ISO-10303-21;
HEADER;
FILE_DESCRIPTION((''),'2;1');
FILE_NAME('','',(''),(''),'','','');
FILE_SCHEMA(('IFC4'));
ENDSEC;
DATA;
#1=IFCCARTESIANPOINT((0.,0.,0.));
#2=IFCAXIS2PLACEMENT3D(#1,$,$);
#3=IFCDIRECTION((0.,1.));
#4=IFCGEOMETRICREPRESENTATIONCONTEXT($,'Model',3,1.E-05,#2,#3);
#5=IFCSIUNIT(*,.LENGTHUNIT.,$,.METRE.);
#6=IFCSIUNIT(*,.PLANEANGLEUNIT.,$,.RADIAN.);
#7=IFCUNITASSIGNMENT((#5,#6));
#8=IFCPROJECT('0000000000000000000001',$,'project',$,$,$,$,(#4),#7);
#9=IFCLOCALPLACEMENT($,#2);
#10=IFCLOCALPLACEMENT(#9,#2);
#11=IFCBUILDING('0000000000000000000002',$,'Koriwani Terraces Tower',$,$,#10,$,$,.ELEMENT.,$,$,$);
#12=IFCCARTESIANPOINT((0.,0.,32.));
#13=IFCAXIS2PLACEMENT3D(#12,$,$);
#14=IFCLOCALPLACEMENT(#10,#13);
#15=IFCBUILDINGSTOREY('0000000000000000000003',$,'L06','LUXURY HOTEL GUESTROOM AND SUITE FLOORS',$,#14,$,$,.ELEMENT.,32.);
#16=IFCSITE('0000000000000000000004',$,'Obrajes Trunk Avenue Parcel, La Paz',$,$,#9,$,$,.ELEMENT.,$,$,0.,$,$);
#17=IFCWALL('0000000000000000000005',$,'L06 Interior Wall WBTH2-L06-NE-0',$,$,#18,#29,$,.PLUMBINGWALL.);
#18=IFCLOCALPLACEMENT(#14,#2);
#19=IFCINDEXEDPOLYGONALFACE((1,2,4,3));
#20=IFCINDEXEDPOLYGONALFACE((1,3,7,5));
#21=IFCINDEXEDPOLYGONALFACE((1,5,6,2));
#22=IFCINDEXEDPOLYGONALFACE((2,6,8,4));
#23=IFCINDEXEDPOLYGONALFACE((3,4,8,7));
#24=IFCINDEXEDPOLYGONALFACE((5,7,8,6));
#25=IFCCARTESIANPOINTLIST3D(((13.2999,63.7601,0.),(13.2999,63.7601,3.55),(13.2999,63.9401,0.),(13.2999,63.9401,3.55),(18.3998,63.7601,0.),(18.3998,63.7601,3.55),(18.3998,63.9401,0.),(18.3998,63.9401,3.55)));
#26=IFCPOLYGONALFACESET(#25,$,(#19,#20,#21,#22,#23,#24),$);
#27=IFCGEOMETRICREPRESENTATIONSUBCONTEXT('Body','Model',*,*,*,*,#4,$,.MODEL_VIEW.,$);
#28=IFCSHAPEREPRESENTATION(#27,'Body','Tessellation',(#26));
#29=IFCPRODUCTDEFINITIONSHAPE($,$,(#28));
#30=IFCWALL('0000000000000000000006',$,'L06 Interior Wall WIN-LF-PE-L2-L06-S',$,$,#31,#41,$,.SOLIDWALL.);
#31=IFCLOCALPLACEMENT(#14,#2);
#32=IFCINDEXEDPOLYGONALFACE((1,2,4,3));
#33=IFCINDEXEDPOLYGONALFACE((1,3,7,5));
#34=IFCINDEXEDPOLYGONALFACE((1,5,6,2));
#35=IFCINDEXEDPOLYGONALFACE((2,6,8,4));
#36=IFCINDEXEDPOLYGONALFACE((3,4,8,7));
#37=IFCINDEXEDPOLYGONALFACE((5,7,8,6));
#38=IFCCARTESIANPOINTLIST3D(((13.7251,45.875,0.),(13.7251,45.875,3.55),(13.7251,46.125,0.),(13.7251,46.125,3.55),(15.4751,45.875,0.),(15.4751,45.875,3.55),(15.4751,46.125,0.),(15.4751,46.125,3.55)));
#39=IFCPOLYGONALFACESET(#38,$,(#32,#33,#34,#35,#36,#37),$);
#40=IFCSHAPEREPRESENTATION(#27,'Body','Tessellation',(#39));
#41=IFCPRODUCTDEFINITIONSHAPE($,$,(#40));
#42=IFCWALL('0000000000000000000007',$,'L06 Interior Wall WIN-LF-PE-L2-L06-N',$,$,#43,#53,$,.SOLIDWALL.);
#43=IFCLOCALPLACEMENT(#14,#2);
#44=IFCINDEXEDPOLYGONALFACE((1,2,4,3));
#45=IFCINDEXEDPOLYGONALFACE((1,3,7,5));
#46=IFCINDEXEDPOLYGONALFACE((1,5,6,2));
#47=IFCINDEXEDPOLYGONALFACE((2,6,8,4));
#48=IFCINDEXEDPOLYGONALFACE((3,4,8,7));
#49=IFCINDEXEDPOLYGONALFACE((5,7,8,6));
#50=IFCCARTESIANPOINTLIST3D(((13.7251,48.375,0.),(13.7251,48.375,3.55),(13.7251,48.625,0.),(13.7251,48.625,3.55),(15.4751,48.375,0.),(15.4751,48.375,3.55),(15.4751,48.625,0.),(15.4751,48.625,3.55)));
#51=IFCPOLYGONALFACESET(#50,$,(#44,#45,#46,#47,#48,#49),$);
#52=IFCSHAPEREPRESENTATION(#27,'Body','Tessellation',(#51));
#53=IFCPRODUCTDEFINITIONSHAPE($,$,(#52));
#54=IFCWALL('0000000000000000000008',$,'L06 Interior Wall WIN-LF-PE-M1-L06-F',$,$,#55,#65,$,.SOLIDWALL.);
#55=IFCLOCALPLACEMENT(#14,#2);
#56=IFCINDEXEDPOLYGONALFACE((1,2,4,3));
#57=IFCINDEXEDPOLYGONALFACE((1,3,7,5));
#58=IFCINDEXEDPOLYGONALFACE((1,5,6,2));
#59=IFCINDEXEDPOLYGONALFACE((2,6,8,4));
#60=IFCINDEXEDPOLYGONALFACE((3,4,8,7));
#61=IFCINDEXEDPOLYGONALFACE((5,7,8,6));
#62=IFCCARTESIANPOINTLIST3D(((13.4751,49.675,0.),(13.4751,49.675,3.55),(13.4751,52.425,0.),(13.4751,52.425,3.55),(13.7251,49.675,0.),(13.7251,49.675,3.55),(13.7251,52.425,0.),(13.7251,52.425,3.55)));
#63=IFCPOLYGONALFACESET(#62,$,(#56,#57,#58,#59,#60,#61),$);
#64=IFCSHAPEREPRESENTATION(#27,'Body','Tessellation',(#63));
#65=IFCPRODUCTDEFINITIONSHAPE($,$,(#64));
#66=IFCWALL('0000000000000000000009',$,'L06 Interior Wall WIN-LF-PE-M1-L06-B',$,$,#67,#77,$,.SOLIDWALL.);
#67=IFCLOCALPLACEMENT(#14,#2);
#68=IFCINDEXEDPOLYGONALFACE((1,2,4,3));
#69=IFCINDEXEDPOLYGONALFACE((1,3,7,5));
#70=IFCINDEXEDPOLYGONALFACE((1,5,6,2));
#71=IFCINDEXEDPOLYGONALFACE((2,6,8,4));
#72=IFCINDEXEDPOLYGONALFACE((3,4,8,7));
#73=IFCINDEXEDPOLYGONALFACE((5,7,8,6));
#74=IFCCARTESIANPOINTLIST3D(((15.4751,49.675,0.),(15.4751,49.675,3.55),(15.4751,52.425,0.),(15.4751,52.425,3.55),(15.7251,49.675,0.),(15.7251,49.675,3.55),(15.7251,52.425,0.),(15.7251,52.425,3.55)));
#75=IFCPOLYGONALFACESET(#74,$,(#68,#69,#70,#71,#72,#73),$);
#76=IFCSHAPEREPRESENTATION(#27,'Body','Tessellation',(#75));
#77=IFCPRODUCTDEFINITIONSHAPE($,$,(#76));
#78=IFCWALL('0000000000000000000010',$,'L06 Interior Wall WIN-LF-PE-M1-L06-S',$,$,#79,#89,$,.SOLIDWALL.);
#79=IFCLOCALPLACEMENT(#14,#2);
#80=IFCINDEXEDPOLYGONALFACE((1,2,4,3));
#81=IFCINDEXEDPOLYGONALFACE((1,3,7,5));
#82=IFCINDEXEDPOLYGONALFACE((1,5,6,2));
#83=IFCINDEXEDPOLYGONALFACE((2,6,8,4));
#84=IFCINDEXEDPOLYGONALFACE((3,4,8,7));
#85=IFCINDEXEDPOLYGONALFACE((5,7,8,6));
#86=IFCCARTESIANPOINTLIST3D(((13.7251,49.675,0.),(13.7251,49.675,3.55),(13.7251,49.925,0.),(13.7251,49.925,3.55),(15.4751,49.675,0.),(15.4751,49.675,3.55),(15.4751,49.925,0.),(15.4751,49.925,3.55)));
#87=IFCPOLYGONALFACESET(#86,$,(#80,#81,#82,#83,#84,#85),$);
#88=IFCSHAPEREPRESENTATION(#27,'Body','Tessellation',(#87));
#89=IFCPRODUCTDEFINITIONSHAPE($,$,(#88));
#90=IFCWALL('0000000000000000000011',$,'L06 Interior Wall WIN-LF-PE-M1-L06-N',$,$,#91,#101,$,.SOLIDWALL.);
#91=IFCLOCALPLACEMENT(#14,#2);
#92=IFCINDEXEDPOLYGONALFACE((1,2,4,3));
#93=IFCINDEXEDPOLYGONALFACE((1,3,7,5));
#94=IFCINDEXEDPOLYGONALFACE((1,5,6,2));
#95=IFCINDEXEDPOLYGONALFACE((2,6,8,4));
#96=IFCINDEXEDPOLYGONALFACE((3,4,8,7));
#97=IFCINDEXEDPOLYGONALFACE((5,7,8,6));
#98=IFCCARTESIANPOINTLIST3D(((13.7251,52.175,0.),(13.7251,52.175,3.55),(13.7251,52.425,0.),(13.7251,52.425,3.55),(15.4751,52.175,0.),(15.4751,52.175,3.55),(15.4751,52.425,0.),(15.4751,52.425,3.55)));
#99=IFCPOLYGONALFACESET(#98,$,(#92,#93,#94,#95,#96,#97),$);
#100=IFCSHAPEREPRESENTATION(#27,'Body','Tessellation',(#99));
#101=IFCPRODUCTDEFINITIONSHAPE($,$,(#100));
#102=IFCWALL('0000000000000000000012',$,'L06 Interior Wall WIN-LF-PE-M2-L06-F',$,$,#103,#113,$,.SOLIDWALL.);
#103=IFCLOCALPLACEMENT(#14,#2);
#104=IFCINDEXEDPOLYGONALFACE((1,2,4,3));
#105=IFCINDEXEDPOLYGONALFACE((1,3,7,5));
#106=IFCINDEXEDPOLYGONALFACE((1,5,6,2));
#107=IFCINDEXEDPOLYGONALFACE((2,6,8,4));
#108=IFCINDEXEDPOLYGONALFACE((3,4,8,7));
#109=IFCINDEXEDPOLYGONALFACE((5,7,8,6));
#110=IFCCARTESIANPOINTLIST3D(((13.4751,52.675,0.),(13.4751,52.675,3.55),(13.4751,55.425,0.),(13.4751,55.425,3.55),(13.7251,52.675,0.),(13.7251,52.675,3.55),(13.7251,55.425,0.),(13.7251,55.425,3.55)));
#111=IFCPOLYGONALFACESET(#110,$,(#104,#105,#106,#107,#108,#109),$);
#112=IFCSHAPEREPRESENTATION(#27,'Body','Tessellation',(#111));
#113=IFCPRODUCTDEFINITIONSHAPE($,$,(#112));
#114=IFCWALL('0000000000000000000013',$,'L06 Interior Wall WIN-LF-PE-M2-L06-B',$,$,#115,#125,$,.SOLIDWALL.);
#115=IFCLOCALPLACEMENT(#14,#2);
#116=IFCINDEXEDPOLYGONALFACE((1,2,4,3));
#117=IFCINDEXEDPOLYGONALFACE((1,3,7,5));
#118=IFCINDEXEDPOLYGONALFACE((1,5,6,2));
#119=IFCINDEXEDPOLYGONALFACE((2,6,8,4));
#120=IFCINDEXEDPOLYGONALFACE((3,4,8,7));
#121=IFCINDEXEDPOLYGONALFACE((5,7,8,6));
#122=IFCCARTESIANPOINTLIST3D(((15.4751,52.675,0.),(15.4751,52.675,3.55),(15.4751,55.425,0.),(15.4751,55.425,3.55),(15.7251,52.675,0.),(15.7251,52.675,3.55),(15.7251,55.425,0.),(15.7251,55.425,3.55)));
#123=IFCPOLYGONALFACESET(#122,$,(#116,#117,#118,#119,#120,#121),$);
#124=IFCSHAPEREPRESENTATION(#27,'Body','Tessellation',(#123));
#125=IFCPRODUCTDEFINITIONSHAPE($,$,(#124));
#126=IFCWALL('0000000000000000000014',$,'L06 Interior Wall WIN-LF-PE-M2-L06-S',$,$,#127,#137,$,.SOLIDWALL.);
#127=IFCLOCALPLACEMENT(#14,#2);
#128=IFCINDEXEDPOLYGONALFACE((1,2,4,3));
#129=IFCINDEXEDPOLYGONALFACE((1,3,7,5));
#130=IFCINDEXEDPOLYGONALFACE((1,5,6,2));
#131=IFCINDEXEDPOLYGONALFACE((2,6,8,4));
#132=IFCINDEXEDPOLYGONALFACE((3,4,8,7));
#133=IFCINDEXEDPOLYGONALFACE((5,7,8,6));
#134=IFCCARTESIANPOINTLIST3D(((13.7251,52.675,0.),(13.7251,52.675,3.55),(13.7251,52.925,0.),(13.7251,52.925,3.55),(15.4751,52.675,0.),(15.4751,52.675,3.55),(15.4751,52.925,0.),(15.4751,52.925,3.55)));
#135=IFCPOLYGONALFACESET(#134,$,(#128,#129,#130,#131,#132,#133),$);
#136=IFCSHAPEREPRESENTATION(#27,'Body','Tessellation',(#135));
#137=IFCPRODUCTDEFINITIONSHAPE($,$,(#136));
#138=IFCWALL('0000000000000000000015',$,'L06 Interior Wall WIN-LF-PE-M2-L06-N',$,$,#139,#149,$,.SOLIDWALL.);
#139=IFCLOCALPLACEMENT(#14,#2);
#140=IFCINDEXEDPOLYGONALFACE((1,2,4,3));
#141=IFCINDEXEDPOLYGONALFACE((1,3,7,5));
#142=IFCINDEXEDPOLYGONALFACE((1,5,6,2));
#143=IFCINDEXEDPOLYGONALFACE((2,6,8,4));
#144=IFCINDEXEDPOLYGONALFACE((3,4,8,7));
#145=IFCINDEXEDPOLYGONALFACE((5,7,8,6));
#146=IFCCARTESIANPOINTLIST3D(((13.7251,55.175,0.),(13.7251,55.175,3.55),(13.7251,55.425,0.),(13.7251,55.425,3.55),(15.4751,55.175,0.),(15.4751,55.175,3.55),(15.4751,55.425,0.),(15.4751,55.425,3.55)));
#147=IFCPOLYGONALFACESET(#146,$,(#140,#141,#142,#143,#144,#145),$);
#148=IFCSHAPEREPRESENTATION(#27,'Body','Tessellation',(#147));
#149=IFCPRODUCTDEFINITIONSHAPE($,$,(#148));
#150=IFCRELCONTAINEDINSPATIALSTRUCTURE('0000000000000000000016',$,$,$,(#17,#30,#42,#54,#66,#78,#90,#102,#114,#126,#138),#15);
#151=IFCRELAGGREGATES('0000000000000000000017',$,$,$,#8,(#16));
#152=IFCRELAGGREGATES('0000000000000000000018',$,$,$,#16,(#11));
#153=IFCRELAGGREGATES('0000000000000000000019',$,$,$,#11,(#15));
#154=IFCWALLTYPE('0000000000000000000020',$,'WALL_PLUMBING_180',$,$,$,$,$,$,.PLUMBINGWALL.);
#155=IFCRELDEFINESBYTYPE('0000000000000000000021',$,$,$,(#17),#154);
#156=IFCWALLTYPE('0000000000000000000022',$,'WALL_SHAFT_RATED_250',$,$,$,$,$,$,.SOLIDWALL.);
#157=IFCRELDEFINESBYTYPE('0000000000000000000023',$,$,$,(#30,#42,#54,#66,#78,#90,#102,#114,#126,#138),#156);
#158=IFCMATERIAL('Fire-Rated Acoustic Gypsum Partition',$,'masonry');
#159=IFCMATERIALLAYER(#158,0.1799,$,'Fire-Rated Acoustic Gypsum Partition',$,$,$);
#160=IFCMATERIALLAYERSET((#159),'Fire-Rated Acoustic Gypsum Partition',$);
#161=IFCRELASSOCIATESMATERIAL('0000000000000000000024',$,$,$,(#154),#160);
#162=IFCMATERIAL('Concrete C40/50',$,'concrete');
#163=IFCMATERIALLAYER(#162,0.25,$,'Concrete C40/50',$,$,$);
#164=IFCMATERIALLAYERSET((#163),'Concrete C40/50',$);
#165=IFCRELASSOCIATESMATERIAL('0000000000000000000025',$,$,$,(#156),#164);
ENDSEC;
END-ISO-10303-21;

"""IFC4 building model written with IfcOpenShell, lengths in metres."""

from ifc_helpers import new_model, si_unit, direction, frame, frame_2d, origin, place, context, subcontext, project, spatial, rectangle, extrude, material, layer, layer_set, type_object, element, save


model = new_model("IFC4")

# Units and contexts
model_context = context("Model", 3, precision=1e-05, world=origin(), true_north=direction((0.0, 1.0)))
body_context = subcontext(model_context, "Body", "Model", "MODEL_VIEW")
ifc_project = project(units=[si_unit("LENGTHUNIT", "METRE"), si_unit("PLANEANGLEUNIT", "RADIAN")], contexts=[model_context])

# Site, building, storey
site_placement = place(None, origin())
site = spatial("IfcSite", under=ifc_project, at=site_placement, Name="Obrajes Trunk Avenue Parcel, La Paz", CompositionType="ELEMENT", RefElevation=0.0)
building_placement = place(site_placement, origin())
building = spatial("IfcBuilding", under=site, at=building_placement, Name="Koriwani Terraces Tower", CompositionType="ELEMENT")
storey_placement = place(building_placement, frame((0.0, 0.0, 32.0)))
storey = spatial("IfcBuildingStorey", under=building, at=storey_placement, Name="L06", Description="LUXURY HOTEL GUESTROOM AND SUITE FLOORS", CompositionType="ELEMENT", Elevation=32.0)

# Walls
ifc_material_1 = material(Name="Fire-Rated Acoustic Gypsum Partition", Category="masonry")
ifc_layer_1 = layer(ifc_material_1, 0.1799, Name="Fire-Rated Acoustic Gypsum Partition")
ifc_layer_set_1 = layer_set([ifc_layer_1], Name="Fire-Rated Acoustic Gypsum Partition")
wall_type_1 = type_object("IfcWallType", Name="WALL_PLUMBING_180", PredefinedType="PLUMBINGWALL", material=ifc_layer_set_1)
wall_1_placement = place(storey_placement, frame((13.3, 63.8501, 0.0), z_axis=(0.0, 0.0, 1.0), x_axis=(1.0, 0.0, 0.0)))
element("IfcWall", 1, at=wall_1_placement, inside=storey, type_object=wall_type_1, Name="L06 Interior Wall WBTH2-L06-NE-0", PredefinedType="PLUMBINGWALL", context=body_context, shape_type="SweptSolid", body=[
    extrude(rectangle(XDim=5.0999, YDim=0.1799, at=frame_2d((2.5498, 0.0))), origin(), (0.0, 0.0, 1.0), 3.55),
])
ifc_material_2 = material(Name="Concrete C40/50", Category="concrete")
ifc_layer_2 = layer(ifc_material_2, 0.25, Name="Concrete C40/50")
ifc_layer_set_2 = layer_set([ifc_layer_2], Name="Concrete C40/50")
wall_type_2 = type_object("IfcWallType", Name="WALL_SHAFT_RATED_250", PredefinedType="SOLIDWALL", material=ifc_layer_set_2)
for number, where, z_axis, x_axis, name in (
    (2, (13.7251, 46.0, 0.0), (0.0, 0.0, 1.0), (1.0, 0.0, 0.0), "L06 Interior Wall WIN-LF-PE-L2-L06-S"),
    (3, (13.7251, 48.5, 0.0), (0.0, 0.0, 1.0), (1.0, 0.0, 0.0), "L06 Interior Wall WIN-LF-PE-L2-L06-N"),
):
    element("IfcWall", number, at=place(storey_placement, frame(where, z_axis=z_axis, x_axis=x_axis)), inside=storey, type_object=wall_type_2, Name=name, PredefinedType="SOLIDWALL", context=body_context, shape_type="SweptSolid", body=[
        extrude(rectangle(XDim=1.75, YDim=0.25, at=frame_2d((0.875, 0.0))), origin(), (0.0, 0.0, 1.0), 3.55),
    ])
for number, where, z_axis, x_axis, name in (
    (4, (13.6001, 49.675, 0.0), (0.0, 0.0, 1.0), (0.0, 1.0, 0.0), "L06 Interior Wall WIN-LF-PE-M1-L06-F"),
    (5, (15.6001, 49.675, 0.0), (0.0, 0.0, 1.0), (0.0, 1.0, 0.0), "L06 Interior Wall WIN-LF-PE-M1-L06-B"),
):
    element("IfcWall", number, at=place(storey_placement, frame(where, z_axis=z_axis, x_axis=x_axis)), inside=storey, type_object=wall_type_2, Name=name, PredefinedType="SOLIDWALL", context=body_context, shape_type="SweptSolid", body=[
        extrude(rectangle(XDim=2.75, YDim=0.25, at=frame_2d((1.375, 0.0))), origin(), (0.0, 0.0, 1.0), 3.55),
    ])
for number, where, z_axis, x_axis, name in (
    (6, (13.7251, 49.8, 0.0), (0.0, 0.0, 1.0), (1.0, 0.0, 0.0), "L06 Interior Wall WIN-LF-PE-M1-L06-S"),
    (7, (13.7251, 52.3, 0.0), (0.0, 0.0, 1.0), (1.0, 0.0, 0.0), "L06 Interior Wall WIN-LF-PE-M1-L06-N"),
):
    element("IfcWall", number, at=place(storey_placement, frame(where, z_axis=z_axis, x_axis=x_axis)), inside=storey, type_object=wall_type_2, Name=name, PredefinedType="SOLIDWALL", context=body_context, shape_type="SweptSolid", body=[
        extrude(rectangle(XDim=1.75, YDim=0.25, at=frame_2d((0.875, 0.0))), origin(), (0.0, 0.0, 1.0), 3.55),
    ])
for number, where, z_axis, x_axis, name in (
    (8, (13.6001, 52.675, 0.0), (0.0, 0.0, 1.0), (0.0, 1.0, 0.0), "L06 Interior Wall WIN-LF-PE-M2-L06-F"),
    (9, (15.6001, 52.675, 0.0), (0.0, 0.0, 1.0), (0.0, 1.0, 0.0), "L06 Interior Wall WIN-LF-PE-M2-L06-B"),
):
    element("IfcWall", number, at=place(storey_placement, frame(where, z_axis=z_axis, x_axis=x_axis)), inside=storey, type_object=wall_type_2, Name=name, PredefinedType="SOLIDWALL", context=body_context, shape_type="SweptSolid", body=[
        extrude(rectangle(XDim=2.75, YDim=0.25, at=frame_2d((1.375, 0.0))), origin(), (0.0, 0.0, 1.0), 3.55),
    ])
for number, where, z_axis, x_axis, name in (
    (10, (13.7251, 52.8, 0.0), (0.0, 0.0, 1.0), (1.0, 0.0, 0.0), "L06 Interior Wall WIN-LF-PE-M2-L06-S"),
    (11, (13.7251, 55.3, 0.0), (0.0, 0.0, 1.0), (1.0, 0.0, 0.0), "L06 Interior Wall WIN-LF-PE-M2-L06-N"),
):
    element("IfcWall", number, at=place(storey_placement, frame(where, z_axis=z_axis, x_axis=x_axis)), inside=storey, type_object=wall_type_2, Name=name, PredefinedType="SOLIDWALL", context=body_context, shape_type="SweptSolid", body=[
        extrude(rectangle(XDim=1.75, YDim=0.25, at=frame_2d((0.875, 0.0))), origin(), (0.0, 0.0, 1.0), 3.55),
    ])

save(model, "model.ifc")
